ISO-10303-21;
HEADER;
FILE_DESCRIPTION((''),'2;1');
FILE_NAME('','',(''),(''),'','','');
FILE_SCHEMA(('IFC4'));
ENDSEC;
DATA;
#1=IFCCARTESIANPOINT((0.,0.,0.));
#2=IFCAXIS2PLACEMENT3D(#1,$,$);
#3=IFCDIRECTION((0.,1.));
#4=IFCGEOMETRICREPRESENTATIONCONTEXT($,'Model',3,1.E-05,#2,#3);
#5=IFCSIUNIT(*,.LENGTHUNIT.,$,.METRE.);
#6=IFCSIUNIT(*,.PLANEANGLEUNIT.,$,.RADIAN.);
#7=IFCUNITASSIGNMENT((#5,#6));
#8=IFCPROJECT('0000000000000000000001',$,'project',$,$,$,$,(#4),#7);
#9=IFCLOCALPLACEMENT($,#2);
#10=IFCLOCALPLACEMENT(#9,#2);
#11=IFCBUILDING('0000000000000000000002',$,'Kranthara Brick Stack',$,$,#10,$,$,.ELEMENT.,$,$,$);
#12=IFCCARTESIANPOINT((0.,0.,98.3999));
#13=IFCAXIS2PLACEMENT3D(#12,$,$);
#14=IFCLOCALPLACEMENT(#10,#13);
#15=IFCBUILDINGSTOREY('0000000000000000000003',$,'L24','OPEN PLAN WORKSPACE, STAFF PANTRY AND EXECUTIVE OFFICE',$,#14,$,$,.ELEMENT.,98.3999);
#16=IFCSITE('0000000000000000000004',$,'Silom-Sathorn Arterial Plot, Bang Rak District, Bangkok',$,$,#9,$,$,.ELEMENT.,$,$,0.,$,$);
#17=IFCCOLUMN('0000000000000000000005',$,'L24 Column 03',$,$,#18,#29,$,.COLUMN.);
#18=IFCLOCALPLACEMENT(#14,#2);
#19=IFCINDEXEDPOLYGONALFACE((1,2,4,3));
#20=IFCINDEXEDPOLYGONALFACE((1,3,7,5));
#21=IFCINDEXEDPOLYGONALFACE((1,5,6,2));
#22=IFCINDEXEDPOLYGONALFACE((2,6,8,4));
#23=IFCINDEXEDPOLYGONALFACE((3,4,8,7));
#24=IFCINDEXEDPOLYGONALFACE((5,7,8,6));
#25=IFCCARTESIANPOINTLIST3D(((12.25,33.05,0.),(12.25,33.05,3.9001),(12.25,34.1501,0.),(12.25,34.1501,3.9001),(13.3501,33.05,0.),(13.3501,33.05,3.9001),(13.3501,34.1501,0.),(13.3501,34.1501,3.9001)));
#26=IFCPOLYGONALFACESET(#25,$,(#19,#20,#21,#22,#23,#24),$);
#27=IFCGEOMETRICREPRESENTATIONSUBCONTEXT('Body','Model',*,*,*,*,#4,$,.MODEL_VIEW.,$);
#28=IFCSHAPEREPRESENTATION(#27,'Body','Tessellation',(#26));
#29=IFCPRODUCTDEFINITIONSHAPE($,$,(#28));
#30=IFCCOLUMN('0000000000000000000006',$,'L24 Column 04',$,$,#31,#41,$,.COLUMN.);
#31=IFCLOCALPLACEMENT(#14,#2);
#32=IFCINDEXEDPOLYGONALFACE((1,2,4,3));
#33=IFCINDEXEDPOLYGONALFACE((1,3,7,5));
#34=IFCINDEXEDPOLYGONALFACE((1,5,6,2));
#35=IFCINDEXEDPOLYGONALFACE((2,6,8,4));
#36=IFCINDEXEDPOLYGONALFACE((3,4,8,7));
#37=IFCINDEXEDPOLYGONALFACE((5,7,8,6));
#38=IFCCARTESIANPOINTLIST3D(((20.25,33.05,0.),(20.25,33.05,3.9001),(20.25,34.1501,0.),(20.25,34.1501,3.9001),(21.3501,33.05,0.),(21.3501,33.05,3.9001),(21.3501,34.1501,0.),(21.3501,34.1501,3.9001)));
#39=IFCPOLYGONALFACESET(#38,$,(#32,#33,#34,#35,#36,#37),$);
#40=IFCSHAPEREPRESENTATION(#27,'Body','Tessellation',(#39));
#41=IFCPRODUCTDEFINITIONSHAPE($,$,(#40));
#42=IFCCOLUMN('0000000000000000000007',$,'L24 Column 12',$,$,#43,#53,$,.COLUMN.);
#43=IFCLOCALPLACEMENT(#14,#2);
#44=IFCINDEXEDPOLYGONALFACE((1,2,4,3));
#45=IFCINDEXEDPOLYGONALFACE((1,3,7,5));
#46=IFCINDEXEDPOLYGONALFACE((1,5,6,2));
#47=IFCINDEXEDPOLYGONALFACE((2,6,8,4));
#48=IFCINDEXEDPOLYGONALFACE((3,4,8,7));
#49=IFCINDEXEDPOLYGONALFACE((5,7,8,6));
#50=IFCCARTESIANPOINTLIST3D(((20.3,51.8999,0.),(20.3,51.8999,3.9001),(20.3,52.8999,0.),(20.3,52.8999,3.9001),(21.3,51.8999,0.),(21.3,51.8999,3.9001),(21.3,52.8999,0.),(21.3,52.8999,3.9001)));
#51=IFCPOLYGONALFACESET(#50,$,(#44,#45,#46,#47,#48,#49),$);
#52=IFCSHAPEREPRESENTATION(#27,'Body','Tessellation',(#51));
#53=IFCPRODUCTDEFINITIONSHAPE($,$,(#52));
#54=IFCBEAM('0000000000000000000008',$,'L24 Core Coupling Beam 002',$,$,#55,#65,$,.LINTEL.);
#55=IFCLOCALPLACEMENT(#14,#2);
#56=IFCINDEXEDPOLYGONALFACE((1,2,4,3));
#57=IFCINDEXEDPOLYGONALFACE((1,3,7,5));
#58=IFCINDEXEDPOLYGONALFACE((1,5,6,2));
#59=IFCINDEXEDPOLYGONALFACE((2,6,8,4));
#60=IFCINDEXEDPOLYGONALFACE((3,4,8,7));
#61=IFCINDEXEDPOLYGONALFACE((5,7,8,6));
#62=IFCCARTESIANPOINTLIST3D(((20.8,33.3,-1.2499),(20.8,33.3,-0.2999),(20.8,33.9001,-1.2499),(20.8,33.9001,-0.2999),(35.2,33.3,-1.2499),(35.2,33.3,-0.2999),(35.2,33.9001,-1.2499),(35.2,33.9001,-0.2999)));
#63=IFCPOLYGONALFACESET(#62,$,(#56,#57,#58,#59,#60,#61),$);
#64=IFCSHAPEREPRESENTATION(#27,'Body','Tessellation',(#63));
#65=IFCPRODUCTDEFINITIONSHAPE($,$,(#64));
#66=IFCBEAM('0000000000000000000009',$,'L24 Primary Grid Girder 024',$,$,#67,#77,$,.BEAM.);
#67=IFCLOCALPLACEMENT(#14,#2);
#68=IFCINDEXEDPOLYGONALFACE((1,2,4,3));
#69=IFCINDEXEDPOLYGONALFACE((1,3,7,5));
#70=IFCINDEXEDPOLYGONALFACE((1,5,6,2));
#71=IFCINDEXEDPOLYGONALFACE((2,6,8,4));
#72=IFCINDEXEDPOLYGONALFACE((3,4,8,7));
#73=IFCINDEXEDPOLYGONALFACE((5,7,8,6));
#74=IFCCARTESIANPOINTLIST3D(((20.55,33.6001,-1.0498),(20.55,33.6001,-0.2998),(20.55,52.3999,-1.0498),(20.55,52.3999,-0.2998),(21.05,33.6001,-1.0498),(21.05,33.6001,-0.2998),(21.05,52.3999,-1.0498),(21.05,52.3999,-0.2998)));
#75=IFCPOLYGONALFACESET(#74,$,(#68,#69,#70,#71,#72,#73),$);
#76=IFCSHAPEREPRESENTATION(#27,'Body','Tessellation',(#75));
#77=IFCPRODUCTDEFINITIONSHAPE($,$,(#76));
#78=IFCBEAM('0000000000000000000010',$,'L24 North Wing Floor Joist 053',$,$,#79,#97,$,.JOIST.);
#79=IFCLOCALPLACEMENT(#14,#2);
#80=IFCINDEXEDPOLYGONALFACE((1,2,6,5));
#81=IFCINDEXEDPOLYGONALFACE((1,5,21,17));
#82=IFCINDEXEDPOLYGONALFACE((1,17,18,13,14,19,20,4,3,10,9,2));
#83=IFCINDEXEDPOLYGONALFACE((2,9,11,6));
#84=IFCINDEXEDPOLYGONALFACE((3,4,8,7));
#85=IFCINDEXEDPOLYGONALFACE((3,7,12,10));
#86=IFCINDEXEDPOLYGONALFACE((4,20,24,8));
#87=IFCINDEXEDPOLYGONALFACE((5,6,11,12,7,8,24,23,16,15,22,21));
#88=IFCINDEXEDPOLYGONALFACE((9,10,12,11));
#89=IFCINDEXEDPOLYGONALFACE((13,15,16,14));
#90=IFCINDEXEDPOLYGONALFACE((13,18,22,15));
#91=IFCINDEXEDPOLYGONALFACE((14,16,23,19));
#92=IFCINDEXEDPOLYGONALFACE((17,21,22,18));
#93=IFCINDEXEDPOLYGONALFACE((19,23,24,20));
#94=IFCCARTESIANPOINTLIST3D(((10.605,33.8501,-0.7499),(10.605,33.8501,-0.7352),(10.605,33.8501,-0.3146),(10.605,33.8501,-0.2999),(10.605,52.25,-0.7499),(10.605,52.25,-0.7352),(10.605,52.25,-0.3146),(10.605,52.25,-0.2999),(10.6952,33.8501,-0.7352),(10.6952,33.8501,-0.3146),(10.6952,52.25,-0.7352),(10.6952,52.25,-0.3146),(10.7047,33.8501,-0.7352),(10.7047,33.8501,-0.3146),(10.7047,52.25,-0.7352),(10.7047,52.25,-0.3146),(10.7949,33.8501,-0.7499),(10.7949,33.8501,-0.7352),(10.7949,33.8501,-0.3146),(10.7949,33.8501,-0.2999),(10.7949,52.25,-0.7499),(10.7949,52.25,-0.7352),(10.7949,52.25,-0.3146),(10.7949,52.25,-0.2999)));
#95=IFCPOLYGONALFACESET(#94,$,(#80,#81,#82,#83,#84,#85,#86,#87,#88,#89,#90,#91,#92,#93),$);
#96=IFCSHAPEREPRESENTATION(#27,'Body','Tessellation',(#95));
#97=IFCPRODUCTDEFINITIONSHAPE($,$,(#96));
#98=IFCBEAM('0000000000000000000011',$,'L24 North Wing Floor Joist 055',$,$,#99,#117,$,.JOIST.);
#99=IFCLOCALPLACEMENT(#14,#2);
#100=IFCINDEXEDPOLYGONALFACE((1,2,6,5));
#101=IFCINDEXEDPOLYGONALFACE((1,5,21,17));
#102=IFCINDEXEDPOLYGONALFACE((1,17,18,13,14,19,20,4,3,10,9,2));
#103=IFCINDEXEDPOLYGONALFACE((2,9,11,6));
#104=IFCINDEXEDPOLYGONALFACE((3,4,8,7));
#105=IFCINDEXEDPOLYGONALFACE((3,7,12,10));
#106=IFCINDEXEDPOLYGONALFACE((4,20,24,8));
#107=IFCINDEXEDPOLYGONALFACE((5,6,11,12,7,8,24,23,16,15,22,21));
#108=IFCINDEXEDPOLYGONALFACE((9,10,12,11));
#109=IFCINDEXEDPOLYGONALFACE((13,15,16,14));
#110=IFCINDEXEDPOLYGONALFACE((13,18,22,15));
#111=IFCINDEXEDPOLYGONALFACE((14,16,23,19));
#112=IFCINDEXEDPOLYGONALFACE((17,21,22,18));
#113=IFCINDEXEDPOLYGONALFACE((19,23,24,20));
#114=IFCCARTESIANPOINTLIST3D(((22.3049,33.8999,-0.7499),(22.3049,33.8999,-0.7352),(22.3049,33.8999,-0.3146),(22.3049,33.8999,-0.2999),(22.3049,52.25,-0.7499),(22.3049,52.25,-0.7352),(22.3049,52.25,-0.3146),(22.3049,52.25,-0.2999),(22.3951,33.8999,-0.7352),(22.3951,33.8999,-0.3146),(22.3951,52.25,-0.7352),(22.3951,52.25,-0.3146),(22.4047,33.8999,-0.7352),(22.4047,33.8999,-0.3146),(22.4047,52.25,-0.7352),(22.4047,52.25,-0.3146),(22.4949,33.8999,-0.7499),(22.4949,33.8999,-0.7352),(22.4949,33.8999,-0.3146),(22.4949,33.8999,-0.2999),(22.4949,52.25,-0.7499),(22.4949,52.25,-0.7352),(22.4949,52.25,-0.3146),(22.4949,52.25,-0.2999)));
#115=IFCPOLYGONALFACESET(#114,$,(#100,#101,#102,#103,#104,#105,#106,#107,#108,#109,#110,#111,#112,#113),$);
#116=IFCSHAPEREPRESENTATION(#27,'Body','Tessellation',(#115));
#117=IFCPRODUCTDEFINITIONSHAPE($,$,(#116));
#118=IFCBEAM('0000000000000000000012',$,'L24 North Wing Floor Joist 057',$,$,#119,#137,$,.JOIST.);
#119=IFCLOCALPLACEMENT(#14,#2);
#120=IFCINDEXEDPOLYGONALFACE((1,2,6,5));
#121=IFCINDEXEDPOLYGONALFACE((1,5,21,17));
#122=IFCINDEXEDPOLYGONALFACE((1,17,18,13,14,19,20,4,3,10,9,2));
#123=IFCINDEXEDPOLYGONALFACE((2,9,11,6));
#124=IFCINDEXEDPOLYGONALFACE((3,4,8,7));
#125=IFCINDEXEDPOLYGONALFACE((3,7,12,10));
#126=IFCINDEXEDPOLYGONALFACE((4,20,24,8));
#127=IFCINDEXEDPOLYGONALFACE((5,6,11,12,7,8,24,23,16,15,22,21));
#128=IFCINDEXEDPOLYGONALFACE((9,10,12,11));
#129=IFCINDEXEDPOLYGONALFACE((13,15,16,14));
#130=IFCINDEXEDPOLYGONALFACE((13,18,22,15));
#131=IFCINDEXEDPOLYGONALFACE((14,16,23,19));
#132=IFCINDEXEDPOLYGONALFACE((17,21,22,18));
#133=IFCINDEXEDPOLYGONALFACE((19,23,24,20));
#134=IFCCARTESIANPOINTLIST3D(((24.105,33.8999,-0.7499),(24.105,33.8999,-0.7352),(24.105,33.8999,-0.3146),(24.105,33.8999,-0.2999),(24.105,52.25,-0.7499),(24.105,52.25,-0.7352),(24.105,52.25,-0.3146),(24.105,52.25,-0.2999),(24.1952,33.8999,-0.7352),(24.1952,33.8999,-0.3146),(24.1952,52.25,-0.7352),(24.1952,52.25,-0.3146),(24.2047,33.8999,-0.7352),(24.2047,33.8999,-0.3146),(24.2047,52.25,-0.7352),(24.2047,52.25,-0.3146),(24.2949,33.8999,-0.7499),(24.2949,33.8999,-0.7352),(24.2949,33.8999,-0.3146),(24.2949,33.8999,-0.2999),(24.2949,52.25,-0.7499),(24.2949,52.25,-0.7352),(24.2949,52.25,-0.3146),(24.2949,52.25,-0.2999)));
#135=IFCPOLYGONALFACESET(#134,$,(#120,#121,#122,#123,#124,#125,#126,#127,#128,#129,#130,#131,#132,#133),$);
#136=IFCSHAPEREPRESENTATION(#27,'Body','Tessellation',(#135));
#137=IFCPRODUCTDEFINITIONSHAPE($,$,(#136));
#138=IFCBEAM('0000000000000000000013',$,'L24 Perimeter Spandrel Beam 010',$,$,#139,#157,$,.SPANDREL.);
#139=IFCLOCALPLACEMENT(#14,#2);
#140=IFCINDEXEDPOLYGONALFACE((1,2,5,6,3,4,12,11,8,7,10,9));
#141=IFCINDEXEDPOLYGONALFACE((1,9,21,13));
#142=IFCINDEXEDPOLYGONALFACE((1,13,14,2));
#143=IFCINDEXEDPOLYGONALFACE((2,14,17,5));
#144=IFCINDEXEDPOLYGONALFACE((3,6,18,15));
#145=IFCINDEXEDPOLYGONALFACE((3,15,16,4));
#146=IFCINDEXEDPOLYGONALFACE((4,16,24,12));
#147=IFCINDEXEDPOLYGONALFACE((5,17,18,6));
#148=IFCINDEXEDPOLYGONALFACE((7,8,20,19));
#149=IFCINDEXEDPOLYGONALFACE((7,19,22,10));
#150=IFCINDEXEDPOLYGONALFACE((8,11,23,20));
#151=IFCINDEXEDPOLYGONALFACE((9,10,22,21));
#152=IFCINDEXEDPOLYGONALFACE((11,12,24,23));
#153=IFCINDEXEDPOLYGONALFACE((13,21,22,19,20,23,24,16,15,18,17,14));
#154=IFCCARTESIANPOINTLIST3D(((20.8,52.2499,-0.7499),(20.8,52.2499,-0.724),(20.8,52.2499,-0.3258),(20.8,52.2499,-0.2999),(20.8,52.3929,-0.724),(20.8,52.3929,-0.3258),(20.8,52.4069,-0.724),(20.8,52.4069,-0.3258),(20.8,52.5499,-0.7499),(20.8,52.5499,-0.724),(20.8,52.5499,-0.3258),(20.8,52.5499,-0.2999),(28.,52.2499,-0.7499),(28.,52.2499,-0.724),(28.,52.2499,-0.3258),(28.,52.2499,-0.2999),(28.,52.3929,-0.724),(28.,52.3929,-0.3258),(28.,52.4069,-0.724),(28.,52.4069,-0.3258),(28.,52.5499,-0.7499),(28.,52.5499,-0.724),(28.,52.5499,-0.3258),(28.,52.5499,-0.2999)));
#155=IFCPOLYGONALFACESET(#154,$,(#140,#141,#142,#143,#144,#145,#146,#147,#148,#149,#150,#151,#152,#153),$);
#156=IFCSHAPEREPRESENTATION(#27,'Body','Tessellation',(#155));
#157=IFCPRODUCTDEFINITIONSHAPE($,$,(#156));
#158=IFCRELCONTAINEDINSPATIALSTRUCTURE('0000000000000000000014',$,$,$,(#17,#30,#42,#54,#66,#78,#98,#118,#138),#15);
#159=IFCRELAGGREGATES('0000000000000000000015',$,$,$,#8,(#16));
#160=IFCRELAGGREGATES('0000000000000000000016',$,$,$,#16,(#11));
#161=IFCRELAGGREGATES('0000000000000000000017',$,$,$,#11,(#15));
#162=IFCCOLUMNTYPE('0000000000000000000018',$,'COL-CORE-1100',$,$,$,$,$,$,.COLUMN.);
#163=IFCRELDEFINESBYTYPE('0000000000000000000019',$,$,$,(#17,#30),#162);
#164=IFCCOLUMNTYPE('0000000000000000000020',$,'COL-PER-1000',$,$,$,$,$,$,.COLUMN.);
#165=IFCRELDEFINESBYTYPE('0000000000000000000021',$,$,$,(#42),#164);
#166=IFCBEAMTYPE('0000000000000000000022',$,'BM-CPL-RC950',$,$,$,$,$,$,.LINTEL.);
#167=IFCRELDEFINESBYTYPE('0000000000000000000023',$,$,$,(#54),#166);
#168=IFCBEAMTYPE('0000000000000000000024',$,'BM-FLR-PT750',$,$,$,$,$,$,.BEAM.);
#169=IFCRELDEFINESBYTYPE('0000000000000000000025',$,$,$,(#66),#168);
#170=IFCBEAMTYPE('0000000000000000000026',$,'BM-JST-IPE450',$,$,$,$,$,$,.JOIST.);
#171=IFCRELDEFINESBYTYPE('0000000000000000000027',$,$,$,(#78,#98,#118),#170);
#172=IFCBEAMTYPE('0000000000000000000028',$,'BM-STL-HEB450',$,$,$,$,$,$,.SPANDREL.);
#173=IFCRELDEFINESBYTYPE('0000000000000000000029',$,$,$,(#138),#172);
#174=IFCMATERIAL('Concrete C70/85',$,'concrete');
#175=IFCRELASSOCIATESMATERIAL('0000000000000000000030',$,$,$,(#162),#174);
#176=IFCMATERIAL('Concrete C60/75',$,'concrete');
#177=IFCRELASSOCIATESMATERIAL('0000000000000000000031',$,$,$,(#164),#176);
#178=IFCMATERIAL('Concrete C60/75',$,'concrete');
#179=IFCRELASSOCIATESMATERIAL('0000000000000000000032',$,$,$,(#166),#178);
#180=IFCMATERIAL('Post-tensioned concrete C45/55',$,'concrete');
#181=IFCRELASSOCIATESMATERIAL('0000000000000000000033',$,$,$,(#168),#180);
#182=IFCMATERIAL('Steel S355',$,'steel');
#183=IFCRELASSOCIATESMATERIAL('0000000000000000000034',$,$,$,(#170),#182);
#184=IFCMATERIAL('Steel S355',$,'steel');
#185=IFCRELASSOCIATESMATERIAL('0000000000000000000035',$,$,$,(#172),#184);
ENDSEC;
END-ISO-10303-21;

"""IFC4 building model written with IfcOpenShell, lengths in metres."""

from ifc_helpers import new_model, si_unit, direction, frame, origin, origin_2d, place, context, subcontext, project, spatial, rectangle, i_section, extrude, material, material_profile, profile_set, type_object, element, save


model = new_model("IFC4")

# Units and contexts
model_context = context("Model", 3, precision=1e-05, world=origin(), true_north=direction((0.0, 1.0)))
body_context = subcontext(model_context, "Body", "Model", "MODEL_VIEW")
ifc_project = project(units=[si_unit("LENGTHUNIT", "METRE"), si_unit("PLANEANGLEUNIT", "RADIAN")], contexts=[model_context])

# Site, building, storey
site_placement = place(None, origin())
site = spatial("IfcSite", under=ifc_project, at=site_placement, Name="Silom-Sathorn Arterial Plot, Bang Rak District, Bangkok", CompositionType="ELEMENT", RefElevation=0.0)
building_placement = place(site_placement, origin())
building = spatial("IfcBuilding", under=site, at=building_placement, Name="Kranthara Brick Stack", CompositionType="ELEMENT")
storey_placement = place(building_placement, frame((0.0, 0.0, 98.3999)))
storey = spatial("IfcBuildingStorey", under=building, at=storey_placement, Name="L24", Description="OPEN PLAN WORKSPACE, STAFF PANTRY AND EXECUTIVE OFFICE", CompositionType="ELEMENT", Elevation=98.3999)

# Columns
ifc_material_1 = material(Name="Concrete C70/85", Category="concrete")
ifc_material_profile_1 = material_profile(ifc_material_1, rectangle(XDim=1.1001, YDim=1.1001, at=origin_2d()), Name="RC 1100x1100")
ifc_profile_set_1 = profile_set([ifc_material_profile_1], Name="Concrete C70/85")
column_type_1 = type_object("IfcColumnType", Name="COL-CORE-1100", PredefinedType="COLUMN", material=ifc_profile_set_1)
for number, where, z_axis, x_axis, name in (
    (1, (12.8, 33.6001, 0.0), (0.0, 0.0, 1.0), (1.0, 0.0, 0.0), "L24 Column 03"),
    (2, (20.8, 33.6001, 0.0), (0.0, 0.0, 1.0), (1.0, 0.0, 0.0), "L24 Column 04"),
):
    element("IfcColumn", number, at=place(storey_placement, frame(where, z_axis=z_axis, x_axis=x_axis)), inside=storey, type_object=column_type_1, Name=name, PredefinedType="COLUMN", context=body_context, shape_type="SweptSolid", body=[
        extrude(rectangle(XDim=1.1001, YDim=1.1001, at=origin_2d()), origin(), (0.0, 0.0, 1.0), 3.9001),
    ])
ifc_material_2 = material(Name="Concrete C60/75", Category="concrete")
ifc_material_profile_2 = material_profile(ifc_material_2, rectangle(XDim=1.0, YDim=1.0, at=origin_2d()), Name="RC 1000x1000")
ifc_profile_set_2 = profile_set([ifc_material_profile_2], Name="Concrete C60/75")
column_type_2 = type_object("IfcColumnType", Name="COL-PER-1000", PredefinedType="COLUMN", material=ifc_profile_set_2)
column_placement = place(storey_placement, frame((20.8, 52.3999, 0.0), z_axis=(0.0, 0.0, 1.0), x_axis=(1.0, 0.0, 0.0)))
element("IfcColumn", 3, at=column_placement, inside=storey, type_object=column_type_2, Name="L24 Column 12", PredefinedType="COLUMN", context=body_context, shape_type="SweptSolid", body=[
    extrude(rectangle(XDim=1.0, YDim=1.0, at=origin_2d()), origin(), (0.0, 0.0, 1.0), 3.9001),
])

# Beams
ifc_material_3 = material(Name="Concrete C60/75", Category="concrete")
ifc_material_profile_3 = material_profile(ifc_material_3, rectangle(XDim=0.6001, YDim=0.95, at=origin_2d()), Name="RC 600x950")
ifc_profile_set_3 = profile_set([ifc_material_profile_3], Name="Concrete C60/75")
beam_type_1 = type_object("IfcBeamType", Name="BM-CPL-RC950", PredefinedType="LINTEL", material=ifc_profile_set_3)
beam_1_placement = place(storey_placement, frame((20.8, 33.6001, -0.7749), z_axis=(1.0, 0.0, 0.0), x_axis=(0.0, 1.0, 0.0)))
element("IfcBeam", 4, at=beam_1_placement, inside=storey, type_object=beam_type_1, Name="L24 Core Coupling Beam 002", PredefinedType="LINTEL", context=body_context, shape_type="SweptSolid", body=[
    extrude(rectangle(XDim=0.6001, YDim=0.95, at=origin_2d()), origin(), (0.0, 0.0, 1.0), 14.3999),
])
ifc_material_4 = material(Name="Post-tensioned concrete C45/55", Category="concrete")
ifc_material_profile_4 = material_profile(ifc_material_4, rectangle(XDim=0.5, YDim=0.75, at=origin_2d()), Name="PT 500x750")
ifc_profile_set_4 = profile_set([ifc_material_profile_4], Name="Post-tensioned concrete C45/55")
beam_type_2 = type_object("IfcBeamType", Name="BM-FLR-PT750", PredefinedType="BEAM", material=ifc_profile_set_4)
beam_2_placement = place(storey_placement, frame((20.8, 33.6001, -0.6748), z_axis=(0.0, 1.0, 0.0), x_axis=(-1.0, 0.0, 0.0)))
element("IfcBeam", 5, at=beam_2_placement, inside=storey, type_object=beam_type_2, Name="L24 Primary Grid Girder 024", PredefinedType="BEAM", context=body_context, shape_type="SweptSolid", body=[
    extrude(rectangle(XDim=0.5, YDim=0.75, at=origin_2d()), origin(), (0.0, 0.0, 1.0), 18.7998),
])
ifc_material_5 = material(Name="Steel S355", Category="steel")
ifc_material_profile_5 = material_profile(ifc_material_5, i_section(OverallWidth=0.1899, OverallDepth=0.45, WebThickness=0.0095, FlangeThickness=0.0146, at=origin_2d()), Name="IPE 450")
ifc_profile_set_5 = profile_set([ifc_material_profile_5], Name="Steel S355")
beam_type_3 = type_object("IfcBeamType", Name="BM-JST-IPE450", PredefinedType="JOIST", material=ifc_profile_set_5)
beam_3_placement = place(storey_placement, frame((10.7, 33.8501, -0.5249), z_axis=(0.0, 1.0, 0.0), x_axis=(-1.0, 0.0, 0.0)))
element("IfcBeam", 6, at=beam_3_placement, inside=storey, type_object=beam_type_3, Name="L24 North Wing Floor Joist 053", PredefinedType="JOIST", context=body_context, shape_type="SweptSolid", body=[
    extrude(i_section(OverallWidth=0.1899, OverallDepth=0.45, WebThickness=0.0095, FlangeThickness=0.0146, at=origin_2d()), origin(), (0.0, 0.0, 1.0), 18.3999),
])
for number, where, z_axis, x_axis, name in (
    (7, (22.3999, 33.8999, -0.5249), (0.0, 1.0, 0.0), (-1.0, 0.0, 0.0), "L24 North Wing Floor Joist 055"),
    (8, (24.2, 33.8999, -0.5249), (0.0, 1.0, 0.0), (-1.0, 0.0, 0.0), "L24 North Wing Floor Joist 057"),
):
    element("IfcBeam", number, at=place(storey_placement, frame(where, z_axis=z_axis, x_axis=x_axis)), inside=storey, type_object=beam_type_3, Name=name, PredefinedType="JOIST", context=body_context, shape_type="SweptSolid", body=[
        extrude(i_section(OverallWidth=0.1899, OverallDepth=0.45, WebThickness=0.0095, FlangeThickness=0.0146, at=origin_2d()), origin(), (0.0, 0.0, 1.0), 18.3501),
    ])
ifc_material_6 = material(Name="Steel S355", Category="steel")
ifc_material_profile_6 = material_profile(ifc_material_6, i_section(OverallWidth=0.3, OverallDepth=0.45, WebThickness=0.0139, FlangeThickness=0.0259, at=origin_2d()), Name="HEB 450")
ifc_profile_set_6 = profile_set([ifc_material_profile_6], Name="Steel S355")
beam_type_4 = type_object("IfcBeamType", Name="BM-STL-HEB450", PredefinedType="SPANDREL", material=ifc_profile_set_6)
beam_4_placement = place(storey_placement, frame((20.8, 52.3999, -0.5249), z_axis=(1.0, 0.0, 0.0), x_axis=(0.0, 1.0, 0.0)))
element("IfcBeam", 9, at=beam_4_placement, inside=storey, type_object=beam_type_4, Name="L24 Perimeter Spandrel Beam 010", PredefinedType="SPANDREL", context=body_context, shape_type="SweptSolid", body=[
    extrude(i_section(OverallWidth=0.3, OverallDepth=0.45, WebThickness=0.0139, FlangeThickness=0.0259, at=origin_2d()), origin(), (0.0, 0.0, 1.0), 7.2),
])

save(model, "model.ifc")
